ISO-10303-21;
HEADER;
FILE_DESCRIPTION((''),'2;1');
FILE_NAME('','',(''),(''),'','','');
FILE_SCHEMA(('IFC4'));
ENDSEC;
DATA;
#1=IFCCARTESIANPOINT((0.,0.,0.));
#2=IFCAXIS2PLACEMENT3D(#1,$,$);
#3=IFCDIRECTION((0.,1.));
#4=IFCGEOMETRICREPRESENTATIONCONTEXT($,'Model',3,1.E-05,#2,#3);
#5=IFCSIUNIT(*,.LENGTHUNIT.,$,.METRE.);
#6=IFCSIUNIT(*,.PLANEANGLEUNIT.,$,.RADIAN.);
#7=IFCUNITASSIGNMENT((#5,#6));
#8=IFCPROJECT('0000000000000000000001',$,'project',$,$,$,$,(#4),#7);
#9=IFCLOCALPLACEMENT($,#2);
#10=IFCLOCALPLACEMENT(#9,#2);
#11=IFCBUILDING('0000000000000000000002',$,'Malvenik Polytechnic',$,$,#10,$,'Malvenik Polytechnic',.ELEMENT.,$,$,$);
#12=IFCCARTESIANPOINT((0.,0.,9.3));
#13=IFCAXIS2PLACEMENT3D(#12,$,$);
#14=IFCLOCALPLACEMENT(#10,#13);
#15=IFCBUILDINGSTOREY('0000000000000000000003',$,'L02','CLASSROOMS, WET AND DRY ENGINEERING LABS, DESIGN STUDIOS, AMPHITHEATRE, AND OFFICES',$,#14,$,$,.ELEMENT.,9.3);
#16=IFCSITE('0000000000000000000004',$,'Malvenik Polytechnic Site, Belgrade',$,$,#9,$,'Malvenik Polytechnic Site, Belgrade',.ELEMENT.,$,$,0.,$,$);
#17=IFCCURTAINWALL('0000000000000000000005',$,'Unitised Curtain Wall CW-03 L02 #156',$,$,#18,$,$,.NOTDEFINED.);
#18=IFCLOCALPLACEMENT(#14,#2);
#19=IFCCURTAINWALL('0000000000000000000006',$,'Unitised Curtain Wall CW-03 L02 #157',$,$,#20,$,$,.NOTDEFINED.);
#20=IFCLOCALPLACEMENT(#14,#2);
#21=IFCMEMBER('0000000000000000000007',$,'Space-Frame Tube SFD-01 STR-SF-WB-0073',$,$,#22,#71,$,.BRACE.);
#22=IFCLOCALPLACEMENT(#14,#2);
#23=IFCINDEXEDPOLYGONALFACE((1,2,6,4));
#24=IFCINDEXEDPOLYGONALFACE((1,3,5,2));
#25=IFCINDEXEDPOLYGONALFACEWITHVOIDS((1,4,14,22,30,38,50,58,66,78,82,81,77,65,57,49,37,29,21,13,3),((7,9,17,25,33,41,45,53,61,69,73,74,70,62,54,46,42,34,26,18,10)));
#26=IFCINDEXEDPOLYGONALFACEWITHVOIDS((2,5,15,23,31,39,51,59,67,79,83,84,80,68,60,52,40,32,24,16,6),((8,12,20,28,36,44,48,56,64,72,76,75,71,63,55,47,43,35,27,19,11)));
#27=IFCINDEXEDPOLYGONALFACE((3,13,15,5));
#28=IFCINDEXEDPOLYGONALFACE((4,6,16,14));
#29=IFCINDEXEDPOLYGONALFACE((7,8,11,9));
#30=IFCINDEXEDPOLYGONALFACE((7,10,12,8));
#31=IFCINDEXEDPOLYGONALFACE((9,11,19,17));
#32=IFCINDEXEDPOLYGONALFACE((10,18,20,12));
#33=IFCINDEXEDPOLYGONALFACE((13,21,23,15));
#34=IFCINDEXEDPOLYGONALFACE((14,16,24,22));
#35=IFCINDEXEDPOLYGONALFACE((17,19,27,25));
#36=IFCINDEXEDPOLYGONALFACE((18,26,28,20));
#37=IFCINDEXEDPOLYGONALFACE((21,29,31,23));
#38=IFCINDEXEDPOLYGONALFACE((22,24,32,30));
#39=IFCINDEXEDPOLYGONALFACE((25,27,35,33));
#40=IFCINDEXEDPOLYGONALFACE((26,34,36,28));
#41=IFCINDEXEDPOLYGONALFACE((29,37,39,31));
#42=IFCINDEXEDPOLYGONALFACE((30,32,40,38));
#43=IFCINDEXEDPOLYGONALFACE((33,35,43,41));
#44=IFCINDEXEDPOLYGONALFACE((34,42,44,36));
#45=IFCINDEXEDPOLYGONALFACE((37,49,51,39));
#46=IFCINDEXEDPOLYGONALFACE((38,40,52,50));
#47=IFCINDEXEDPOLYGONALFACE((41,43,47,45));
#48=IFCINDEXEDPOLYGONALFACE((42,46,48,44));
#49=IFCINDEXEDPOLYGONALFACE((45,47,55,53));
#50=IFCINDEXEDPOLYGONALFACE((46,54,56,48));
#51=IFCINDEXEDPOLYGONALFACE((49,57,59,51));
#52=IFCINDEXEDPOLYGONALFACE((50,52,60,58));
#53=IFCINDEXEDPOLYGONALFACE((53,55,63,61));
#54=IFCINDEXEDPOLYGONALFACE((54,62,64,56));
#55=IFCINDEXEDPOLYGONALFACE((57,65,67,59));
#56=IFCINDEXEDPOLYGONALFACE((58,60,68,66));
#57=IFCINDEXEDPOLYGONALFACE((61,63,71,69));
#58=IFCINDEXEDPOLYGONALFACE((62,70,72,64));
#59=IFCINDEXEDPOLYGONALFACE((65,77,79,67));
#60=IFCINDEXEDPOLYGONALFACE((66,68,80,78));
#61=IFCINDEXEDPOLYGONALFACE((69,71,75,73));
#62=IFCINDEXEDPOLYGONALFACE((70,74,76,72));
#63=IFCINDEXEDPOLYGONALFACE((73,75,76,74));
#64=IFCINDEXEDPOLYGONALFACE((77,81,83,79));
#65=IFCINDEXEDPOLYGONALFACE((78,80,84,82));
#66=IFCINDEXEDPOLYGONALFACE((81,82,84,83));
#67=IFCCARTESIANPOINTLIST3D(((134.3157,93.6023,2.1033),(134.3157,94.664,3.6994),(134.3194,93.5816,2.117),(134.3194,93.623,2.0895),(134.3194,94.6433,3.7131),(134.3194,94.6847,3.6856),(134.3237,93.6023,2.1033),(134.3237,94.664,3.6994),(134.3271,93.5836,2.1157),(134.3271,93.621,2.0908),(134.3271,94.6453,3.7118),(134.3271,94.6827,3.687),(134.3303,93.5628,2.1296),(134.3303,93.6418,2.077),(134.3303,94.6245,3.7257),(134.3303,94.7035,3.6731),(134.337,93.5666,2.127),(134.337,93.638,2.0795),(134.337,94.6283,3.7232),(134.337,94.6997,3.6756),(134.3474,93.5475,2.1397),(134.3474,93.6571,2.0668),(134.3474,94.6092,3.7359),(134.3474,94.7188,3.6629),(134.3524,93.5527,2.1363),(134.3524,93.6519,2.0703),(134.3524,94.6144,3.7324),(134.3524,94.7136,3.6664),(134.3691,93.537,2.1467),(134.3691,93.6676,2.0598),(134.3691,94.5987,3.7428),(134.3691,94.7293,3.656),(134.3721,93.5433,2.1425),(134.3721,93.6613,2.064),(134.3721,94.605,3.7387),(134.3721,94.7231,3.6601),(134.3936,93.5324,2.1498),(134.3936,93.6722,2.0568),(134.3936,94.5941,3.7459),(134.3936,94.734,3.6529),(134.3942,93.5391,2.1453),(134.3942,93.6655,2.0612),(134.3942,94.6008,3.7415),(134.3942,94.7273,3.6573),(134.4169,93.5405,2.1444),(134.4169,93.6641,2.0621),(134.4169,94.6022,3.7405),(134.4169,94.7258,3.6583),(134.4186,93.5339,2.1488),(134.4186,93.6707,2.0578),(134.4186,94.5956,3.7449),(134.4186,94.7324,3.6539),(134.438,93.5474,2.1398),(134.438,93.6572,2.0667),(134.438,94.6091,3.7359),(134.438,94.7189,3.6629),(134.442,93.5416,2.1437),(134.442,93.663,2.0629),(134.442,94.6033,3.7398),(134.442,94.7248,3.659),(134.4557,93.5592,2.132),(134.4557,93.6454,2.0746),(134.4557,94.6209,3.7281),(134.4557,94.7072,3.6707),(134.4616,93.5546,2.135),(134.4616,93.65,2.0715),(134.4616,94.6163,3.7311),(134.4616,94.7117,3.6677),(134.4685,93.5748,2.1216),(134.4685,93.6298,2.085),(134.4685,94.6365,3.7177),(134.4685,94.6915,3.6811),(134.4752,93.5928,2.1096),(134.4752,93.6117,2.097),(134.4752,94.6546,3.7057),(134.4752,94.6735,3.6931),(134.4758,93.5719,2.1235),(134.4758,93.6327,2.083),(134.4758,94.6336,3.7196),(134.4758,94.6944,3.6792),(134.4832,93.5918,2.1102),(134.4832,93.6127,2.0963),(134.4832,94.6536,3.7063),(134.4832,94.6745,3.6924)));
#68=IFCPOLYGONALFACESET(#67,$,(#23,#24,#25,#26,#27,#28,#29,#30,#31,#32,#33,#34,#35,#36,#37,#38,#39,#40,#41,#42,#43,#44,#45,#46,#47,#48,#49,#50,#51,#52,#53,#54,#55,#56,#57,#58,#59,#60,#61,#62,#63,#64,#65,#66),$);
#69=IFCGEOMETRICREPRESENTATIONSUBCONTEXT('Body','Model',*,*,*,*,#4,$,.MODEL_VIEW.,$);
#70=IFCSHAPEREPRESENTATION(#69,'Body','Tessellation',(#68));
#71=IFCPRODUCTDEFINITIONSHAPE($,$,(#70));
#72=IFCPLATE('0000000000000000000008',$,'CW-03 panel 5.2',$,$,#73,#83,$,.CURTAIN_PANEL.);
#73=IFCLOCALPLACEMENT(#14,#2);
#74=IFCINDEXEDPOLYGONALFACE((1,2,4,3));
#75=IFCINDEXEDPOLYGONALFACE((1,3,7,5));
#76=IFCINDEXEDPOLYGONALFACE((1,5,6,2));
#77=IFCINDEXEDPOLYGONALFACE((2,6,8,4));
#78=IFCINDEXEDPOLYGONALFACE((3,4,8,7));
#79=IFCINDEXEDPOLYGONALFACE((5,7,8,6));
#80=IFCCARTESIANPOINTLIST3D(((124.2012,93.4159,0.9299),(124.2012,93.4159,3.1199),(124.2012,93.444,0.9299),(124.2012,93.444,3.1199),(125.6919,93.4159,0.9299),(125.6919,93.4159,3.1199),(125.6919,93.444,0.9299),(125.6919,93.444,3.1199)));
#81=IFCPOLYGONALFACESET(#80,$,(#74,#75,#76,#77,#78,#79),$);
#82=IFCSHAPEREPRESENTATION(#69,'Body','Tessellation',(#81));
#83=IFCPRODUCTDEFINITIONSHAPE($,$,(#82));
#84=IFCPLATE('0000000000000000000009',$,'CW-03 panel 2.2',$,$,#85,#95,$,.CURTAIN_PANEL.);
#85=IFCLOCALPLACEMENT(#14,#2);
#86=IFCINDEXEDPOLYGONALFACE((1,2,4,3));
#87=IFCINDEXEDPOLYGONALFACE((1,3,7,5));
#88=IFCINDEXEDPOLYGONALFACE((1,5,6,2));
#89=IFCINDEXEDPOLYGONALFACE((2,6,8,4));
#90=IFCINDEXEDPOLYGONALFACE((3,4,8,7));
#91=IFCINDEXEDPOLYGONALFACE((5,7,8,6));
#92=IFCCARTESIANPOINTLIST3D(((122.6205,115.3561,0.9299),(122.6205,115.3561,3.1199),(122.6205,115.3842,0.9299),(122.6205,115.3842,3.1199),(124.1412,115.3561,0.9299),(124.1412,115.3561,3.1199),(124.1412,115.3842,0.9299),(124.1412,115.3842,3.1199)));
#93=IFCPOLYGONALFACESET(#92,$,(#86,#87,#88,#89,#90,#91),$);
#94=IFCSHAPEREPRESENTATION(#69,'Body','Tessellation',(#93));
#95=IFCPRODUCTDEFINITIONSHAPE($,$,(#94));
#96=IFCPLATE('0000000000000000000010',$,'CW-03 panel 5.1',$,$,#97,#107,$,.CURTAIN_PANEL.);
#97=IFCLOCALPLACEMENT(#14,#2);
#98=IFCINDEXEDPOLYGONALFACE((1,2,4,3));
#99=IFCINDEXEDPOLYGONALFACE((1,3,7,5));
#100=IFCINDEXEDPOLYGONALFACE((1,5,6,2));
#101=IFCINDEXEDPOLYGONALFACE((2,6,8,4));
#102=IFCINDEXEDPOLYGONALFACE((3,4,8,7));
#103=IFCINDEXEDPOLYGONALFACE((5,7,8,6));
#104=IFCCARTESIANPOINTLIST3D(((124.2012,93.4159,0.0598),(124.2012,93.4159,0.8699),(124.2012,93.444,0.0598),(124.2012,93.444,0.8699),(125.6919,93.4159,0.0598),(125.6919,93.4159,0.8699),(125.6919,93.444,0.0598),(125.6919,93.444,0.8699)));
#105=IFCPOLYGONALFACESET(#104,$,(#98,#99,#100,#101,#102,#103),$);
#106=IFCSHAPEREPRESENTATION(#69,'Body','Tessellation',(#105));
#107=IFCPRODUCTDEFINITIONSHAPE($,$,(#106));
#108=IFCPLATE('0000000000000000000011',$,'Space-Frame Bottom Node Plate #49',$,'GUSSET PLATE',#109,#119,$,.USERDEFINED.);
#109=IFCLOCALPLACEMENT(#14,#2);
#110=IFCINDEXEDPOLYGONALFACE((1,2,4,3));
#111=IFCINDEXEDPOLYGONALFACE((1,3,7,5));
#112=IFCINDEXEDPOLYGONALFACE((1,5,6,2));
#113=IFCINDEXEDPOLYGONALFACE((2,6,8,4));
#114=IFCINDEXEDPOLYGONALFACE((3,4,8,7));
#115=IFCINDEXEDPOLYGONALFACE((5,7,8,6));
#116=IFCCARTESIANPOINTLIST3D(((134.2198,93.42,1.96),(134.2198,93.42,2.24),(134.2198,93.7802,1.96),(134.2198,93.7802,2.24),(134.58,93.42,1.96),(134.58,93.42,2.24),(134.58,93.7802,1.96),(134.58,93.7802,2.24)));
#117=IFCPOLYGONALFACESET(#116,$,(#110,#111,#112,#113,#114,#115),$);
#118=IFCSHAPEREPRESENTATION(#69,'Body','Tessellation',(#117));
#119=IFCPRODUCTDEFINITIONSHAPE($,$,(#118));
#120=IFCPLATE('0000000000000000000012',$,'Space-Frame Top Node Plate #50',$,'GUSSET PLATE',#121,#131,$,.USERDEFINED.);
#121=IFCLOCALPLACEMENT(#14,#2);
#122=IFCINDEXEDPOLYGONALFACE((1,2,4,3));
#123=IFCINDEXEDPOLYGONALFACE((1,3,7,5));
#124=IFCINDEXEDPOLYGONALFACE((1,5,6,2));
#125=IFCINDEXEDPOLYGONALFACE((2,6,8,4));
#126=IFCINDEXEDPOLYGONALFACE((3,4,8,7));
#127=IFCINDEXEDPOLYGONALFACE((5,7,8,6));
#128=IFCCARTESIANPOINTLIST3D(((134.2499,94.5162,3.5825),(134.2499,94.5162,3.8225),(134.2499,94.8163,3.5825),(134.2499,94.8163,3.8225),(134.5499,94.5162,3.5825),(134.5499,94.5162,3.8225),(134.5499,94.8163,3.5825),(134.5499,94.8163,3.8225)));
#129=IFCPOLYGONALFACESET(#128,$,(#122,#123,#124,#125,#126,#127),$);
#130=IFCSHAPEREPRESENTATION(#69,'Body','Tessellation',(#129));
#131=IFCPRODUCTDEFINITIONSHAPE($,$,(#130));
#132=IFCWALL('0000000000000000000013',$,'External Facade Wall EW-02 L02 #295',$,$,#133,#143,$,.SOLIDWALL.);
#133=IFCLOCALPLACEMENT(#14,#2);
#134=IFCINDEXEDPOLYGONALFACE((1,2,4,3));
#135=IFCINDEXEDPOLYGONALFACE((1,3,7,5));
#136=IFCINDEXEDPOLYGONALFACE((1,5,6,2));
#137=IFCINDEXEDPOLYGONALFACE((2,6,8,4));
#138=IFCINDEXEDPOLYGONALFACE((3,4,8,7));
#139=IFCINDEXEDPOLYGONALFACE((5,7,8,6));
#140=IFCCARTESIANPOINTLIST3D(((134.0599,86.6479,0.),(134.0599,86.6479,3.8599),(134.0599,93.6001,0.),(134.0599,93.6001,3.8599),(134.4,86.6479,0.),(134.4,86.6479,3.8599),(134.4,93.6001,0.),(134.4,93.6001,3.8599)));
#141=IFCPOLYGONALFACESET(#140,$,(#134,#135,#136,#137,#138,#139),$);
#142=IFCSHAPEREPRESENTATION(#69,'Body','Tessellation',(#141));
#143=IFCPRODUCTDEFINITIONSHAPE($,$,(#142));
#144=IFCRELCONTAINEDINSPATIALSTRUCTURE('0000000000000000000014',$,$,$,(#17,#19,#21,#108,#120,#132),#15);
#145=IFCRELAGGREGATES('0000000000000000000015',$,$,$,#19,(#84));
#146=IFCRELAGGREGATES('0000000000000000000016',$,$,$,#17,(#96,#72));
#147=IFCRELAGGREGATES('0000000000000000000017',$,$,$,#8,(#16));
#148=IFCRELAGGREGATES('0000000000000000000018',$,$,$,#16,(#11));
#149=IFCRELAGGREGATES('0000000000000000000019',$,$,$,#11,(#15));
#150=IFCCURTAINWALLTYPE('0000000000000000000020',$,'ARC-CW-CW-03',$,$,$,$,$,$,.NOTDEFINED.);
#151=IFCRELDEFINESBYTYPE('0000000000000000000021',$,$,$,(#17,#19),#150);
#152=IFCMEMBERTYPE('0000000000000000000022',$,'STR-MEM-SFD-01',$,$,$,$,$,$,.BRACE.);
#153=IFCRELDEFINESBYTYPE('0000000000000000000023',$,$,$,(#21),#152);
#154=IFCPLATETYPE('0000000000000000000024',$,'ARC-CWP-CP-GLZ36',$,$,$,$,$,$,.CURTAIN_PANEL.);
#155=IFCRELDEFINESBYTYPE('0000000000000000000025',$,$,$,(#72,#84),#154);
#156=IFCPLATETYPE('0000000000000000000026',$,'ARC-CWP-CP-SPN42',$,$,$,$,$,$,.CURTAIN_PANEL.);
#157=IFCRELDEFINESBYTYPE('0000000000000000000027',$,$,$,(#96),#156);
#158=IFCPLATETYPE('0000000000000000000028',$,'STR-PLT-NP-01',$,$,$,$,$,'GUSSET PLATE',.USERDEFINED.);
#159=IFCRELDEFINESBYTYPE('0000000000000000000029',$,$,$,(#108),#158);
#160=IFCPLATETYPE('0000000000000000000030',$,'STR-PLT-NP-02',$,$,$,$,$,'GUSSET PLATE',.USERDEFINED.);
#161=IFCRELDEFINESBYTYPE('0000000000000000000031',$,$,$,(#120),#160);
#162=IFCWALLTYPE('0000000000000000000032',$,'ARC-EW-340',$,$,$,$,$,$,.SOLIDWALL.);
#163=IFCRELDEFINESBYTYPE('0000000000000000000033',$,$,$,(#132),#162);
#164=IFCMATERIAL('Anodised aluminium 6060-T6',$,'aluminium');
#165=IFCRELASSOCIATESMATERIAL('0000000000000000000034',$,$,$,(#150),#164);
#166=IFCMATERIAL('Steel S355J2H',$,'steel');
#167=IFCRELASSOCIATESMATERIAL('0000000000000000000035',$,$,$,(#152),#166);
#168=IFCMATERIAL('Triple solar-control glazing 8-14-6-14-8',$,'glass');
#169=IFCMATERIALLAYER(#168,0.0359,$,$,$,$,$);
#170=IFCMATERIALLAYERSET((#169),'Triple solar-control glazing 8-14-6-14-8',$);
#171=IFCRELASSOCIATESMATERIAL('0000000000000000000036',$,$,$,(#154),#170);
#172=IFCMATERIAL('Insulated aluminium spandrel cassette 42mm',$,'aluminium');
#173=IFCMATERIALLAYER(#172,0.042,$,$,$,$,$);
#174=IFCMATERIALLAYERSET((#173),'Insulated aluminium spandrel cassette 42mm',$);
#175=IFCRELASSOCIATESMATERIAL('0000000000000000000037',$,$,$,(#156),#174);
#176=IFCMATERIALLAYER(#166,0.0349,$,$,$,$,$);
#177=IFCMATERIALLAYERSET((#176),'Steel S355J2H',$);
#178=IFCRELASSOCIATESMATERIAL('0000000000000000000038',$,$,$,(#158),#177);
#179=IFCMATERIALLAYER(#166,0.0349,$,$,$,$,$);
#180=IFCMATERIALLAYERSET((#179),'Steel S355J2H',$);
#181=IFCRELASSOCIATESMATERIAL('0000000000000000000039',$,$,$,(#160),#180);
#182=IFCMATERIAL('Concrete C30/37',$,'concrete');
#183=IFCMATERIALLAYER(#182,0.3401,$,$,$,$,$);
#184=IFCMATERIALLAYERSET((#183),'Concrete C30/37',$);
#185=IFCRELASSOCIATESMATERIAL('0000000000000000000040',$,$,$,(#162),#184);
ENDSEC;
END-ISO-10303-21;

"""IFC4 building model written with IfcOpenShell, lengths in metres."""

from ifc_helpers import new_model, si_unit, direction, frame, frame_2d, origin, origin_2d, place, context, subcontext, project, spatial, rectangle, hollow_circle, extrude, material, layer, layer_set, material_profile, profile_set, type_object, element, aggregate, save


model = new_model("IFC4")

# Units and contexts
model_context = context("Model", 3, precision=1e-05, world=origin(), true_north=direction((0.0, 1.0)))
body_context = subcontext(model_context, "Body", "Model", "MODEL_VIEW")
ifc_project = project(units=[si_unit("LENGTHUNIT", "METRE"), si_unit("PLANEANGLEUNIT", "RADIAN")], contexts=[model_context])

# Site, building, storey
site_placement = place(None, origin())
site = spatial("IfcSite", under=ifc_project, at=site_placement, Name="Malvenik Polytechnic Site, Belgrade", LongName="Malvenik Polytechnic Site, Belgrade", CompositionType="ELEMENT", RefElevation=0.0)
building_placement = place(site_placement, origin())
building = spatial("IfcBuilding", under=site, at=building_placement, Name="Malvenik Polytechnic", LongName="Malvenik Polytechnic", CompositionType="ELEMENT")
storey_placement = place(building_placement, frame((0.0, 0.0, 9.3)))
storey = spatial("IfcBuildingStorey", under=building, at=storey_placement, Name="L02", Description="CLASSROOMS, WET AND DRY ENGINEERING LABS, DESIGN STUDIOS, AMPHITHEATRE, AND OFFICES", CompositionType="ELEMENT", Elevation=9.3)

# Shared definitions
ifc_material_1 = material(Name="Steel S355J2H", Category="steel")

# Curtain wall
ifc_material_2 = material(Name="Anodised aluminium 6060-T6", Category="aluminium")
curtain_wall_type = type_object("IfcCurtainWallType", Name="ARC-CW-CW-03", PredefinedType="NOTDEFINED", material=ifc_material_2)
curtain_wall_1_placement = place(storey_placement, origin())
curtain_wall_1 = element("IfcCurtainWall", 1, at=curtain_wall_1_placement, inside=storey, type_object=curtain_wall_type, Name="Unitised Curtain Wall CW-03 L02 #156", PredefinedType="NOTDEFINED")

# Curtain wall
curtain_wall_2_placement = place(storey_placement, origin())
curtain_wall_2 = element("IfcCurtainWall", 2, at=curtain_wall_2_placement, inside=storey, type_object=curtain_wall_type, Name="Unitised Curtain Wall CW-03 L02 #157", PredefinedType="NOTDEFINED")

# Member
ifc_material_profile_1 = material_profile(ifc_material_1, hollow_circle(Radius=0.0842, WallThickness=0.0081, at=origin_2d()), Name="CHS 168.3x8.0")
ifc_profile_set_1 = profile_set([ifc_material_profile_1], Name="Steel S355J2H")
member_type_1 = type_object("IfcMemberType", Name="STR-MEM-SFD-01", PredefinedType="BRACE", material=ifc_profile_set_1)
member_1_placement = place(storey_placement, frame((134.3999, 93.6023, 2.1033), z_axis=(0.0, 0.553848, 0.832618), x_axis=(-1.0, 0.0, 0.0)))
element("IfcMember", 3, at=member_1_placement, inside=storey, type_object=member_type_1, Name="Space-Frame Tube SFD-01 STR-SF-WB-0073", PredefinedType="BRACE", context=body_context, shape_type="SweptSolid", body=[
    extrude(hollow_circle(Radius=0.0842, WallThickness=0.0081, at=origin_2d()), origin(), (0.0, 0.0, 1.0), 1.917),
])

# Plates
ifc_material_3 = material(Name="Triple solar-control glazing 8-14-6-14-8", Category="glass")
ifc_layer_1 = layer(ifc_material_3, 0.0359)
ifc_layer_set_1 = layer_set([ifc_layer_1], Name="Triple solar-control glazing 8-14-6-14-8")
plate_type_1 = type_object("IfcPlateType", Name="ARC-CWP-CP-GLZ36", PredefinedType="CURTAIN_PANEL", material=ifc_layer_set_1)
plate_1_placement = place(storey_placement, frame((124.9465, 93.4299, 0.9299), z_axis=(0.0, 0.0, 1.0), x_axis=(1.0, 0.0, 0.0)))
plate_1 = element("IfcPlate", 4, at=plate_1_placement, type_object=plate_type_1, Name="CW-03 panel 5.2", PredefinedType="CURTAIN_PANEL", context=body_context, shape_type="SweptSolid", body=[
    extrude(rectangle(XDim=1.4907, YDim=0.0281, at=origin_2d()), origin(), (0.0, 0.0, 1.0), 2.1899),
])
plate_2_placement = place(storey_placement, frame((123.3809, 115.3701, 0.9299), z_axis=(0.0, 0.0, 1.0), x_axis=(-1.0, 0.0, 0.0)))
plate_2 = element("IfcPlate", 5, at=plate_2_placement, type_object=plate_type_1, Name="CW-03 panel 2.2", PredefinedType="CURTAIN_PANEL", context=body_context, shape_type="SweptSolid", body=[
    extrude(rectangle(XDim=1.5208, YDim=0.0281, at=origin_2d()), origin(), (0.0, 0.0, 1.0), 2.1899),
])
aggregate(curtain_wall_2, [plate_2])
ifc_material_4 = material(Name="Insulated aluminium spandrel cassette 42mm", Category="aluminium")
ifc_layer_2 = layer(ifc_material_4, 0.042)
ifc_layer_set_2 = layer_set([ifc_layer_2], Name="Insulated aluminium spandrel cassette 42mm")
plate_type_2 = type_object("IfcPlateType", Name="ARC-CWP-CP-SPN42", PredefinedType="CURTAIN_PANEL", material=ifc_layer_set_2)
plate_3_placement = place(storey_placement, frame((124.9465, 93.4299, 0.0598), z_axis=(0.0, 0.0, 1.0), x_axis=(1.0, 0.0, 0.0)))
plate_3 = element("IfcPlate", 6, at=plate_3_placement, type_object=plate_type_2, Name="CW-03 panel 5.1", PredefinedType="CURTAIN_PANEL", context=body_context, shape_type="SweptSolid", body=[
    extrude(rectangle(XDim=1.4907, YDim=0.0281, at=origin_2d()), origin(), (0.0, 0.0, 1.0), 0.8101),
])
aggregate(curtain_wall_1, [plate_3, plate_1])

# Plates
ifc_layer_3 = layer(ifc_material_1, 0.0349)
ifc_layer_set_3 = layer_set([ifc_layer_3], Name="Steel S355J2H")
plate_type_3 = type_object("IfcPlateType", Name="STR-PLT-NP-01", ElementType="GUSSET PLATE", PredefinedType="USERDEFINED", material=ifc_layer_set_3)
plate_4_placement = place(storey_placement, frame((134.3999, 93.6001, 1.96), z_axis=(0.0, 0.0, 1.0), x_axis=(1.0, 0.0, 0.0)))
element("IfcPlate", 7, at=plate_4_placement, inside=storey, type_object=plate_type_3, Name="Space-Frame Bottom Node Plate #49", ObjectType="GUSSET PLATE", PredefinedType="USERDEFINED", context=body_context, shape_type="SweptSolid", body=[
    extrude(rectangle(XDim=0.3601, YDim=0.3601, at=origin_2d()), origin(), (0.0, 0.0, 1.0), 0.28),
])
ifc_layer_4 = layer(ifc_material_1, 0.0349)
ifc_layer_set_4 = layer_set([ifc_layer_4], Name="Steel S355J2H")
plate_type_4 = type_object("IfcPlateType", Name="STR-PLT-NP-02", ElementType="GUSSET PLATE", PredefinedType="USERDEFINED", material=ifc_layer_set_4)
plate_5_placement = place(storey_placement, frame((134.3999, 94.6663, 3.5825), z_axis=(0.0, 0.0, 1.0), x_axis=(1.0, 0.0, 0.0)))
element("IfcPlate", 8, at=plate_5_placement, inside=storey, type_object=plate_type_4, Name="Space-Frame Top Node Plate #50", ObjectType="GUSSET PLATE", PredefinedType="USERDEFINED", context=body_context, shape_type="SweptSolid", body=[
    extrude(rectangle(XDim=0.3, YDim=0.3, at=origin_2d()), origin(), (0.0, 0.0, 1.0), 0.24),
])

# Wall
ifc_material_5 = material(Name="Concrete C30/37", Category="concrete")
ifc_layer_5 = layer(ifc_material_5, 0.3401)
ifc_layer_set_5 = layer_set([ifc_layer_5], Name="Concrete C30/37")
wall_type = type_object("IfcWallType", Name="ARC-EW-340", PredefinedType="SOLIDWALL", material=ifc_layer_set_5)
wall_1_placement = place(storey_placement, frame((134.23, 93.6001, 0.0), z_axis=(0.0, 0.0, 1.0), x_axis=(0.0, -1.0, 0.0)))
element("IfcWall", 9, at=wall_1_placement, inside=storey, type_object=wall_type, Name="External Facade Wall EW-02 L02 #295", PredefinedType="SOLIDWALL", context=body_context, shape_type="SweptSolid", body=[
    extrude(rectangle(XDim=6.9521, YDim=0.3401, at=frame_2d((3.4761, 0.0))), origin(), (0.0, 0.0, 1.0), 3.8599),
])

save(model, "model.ifc")
